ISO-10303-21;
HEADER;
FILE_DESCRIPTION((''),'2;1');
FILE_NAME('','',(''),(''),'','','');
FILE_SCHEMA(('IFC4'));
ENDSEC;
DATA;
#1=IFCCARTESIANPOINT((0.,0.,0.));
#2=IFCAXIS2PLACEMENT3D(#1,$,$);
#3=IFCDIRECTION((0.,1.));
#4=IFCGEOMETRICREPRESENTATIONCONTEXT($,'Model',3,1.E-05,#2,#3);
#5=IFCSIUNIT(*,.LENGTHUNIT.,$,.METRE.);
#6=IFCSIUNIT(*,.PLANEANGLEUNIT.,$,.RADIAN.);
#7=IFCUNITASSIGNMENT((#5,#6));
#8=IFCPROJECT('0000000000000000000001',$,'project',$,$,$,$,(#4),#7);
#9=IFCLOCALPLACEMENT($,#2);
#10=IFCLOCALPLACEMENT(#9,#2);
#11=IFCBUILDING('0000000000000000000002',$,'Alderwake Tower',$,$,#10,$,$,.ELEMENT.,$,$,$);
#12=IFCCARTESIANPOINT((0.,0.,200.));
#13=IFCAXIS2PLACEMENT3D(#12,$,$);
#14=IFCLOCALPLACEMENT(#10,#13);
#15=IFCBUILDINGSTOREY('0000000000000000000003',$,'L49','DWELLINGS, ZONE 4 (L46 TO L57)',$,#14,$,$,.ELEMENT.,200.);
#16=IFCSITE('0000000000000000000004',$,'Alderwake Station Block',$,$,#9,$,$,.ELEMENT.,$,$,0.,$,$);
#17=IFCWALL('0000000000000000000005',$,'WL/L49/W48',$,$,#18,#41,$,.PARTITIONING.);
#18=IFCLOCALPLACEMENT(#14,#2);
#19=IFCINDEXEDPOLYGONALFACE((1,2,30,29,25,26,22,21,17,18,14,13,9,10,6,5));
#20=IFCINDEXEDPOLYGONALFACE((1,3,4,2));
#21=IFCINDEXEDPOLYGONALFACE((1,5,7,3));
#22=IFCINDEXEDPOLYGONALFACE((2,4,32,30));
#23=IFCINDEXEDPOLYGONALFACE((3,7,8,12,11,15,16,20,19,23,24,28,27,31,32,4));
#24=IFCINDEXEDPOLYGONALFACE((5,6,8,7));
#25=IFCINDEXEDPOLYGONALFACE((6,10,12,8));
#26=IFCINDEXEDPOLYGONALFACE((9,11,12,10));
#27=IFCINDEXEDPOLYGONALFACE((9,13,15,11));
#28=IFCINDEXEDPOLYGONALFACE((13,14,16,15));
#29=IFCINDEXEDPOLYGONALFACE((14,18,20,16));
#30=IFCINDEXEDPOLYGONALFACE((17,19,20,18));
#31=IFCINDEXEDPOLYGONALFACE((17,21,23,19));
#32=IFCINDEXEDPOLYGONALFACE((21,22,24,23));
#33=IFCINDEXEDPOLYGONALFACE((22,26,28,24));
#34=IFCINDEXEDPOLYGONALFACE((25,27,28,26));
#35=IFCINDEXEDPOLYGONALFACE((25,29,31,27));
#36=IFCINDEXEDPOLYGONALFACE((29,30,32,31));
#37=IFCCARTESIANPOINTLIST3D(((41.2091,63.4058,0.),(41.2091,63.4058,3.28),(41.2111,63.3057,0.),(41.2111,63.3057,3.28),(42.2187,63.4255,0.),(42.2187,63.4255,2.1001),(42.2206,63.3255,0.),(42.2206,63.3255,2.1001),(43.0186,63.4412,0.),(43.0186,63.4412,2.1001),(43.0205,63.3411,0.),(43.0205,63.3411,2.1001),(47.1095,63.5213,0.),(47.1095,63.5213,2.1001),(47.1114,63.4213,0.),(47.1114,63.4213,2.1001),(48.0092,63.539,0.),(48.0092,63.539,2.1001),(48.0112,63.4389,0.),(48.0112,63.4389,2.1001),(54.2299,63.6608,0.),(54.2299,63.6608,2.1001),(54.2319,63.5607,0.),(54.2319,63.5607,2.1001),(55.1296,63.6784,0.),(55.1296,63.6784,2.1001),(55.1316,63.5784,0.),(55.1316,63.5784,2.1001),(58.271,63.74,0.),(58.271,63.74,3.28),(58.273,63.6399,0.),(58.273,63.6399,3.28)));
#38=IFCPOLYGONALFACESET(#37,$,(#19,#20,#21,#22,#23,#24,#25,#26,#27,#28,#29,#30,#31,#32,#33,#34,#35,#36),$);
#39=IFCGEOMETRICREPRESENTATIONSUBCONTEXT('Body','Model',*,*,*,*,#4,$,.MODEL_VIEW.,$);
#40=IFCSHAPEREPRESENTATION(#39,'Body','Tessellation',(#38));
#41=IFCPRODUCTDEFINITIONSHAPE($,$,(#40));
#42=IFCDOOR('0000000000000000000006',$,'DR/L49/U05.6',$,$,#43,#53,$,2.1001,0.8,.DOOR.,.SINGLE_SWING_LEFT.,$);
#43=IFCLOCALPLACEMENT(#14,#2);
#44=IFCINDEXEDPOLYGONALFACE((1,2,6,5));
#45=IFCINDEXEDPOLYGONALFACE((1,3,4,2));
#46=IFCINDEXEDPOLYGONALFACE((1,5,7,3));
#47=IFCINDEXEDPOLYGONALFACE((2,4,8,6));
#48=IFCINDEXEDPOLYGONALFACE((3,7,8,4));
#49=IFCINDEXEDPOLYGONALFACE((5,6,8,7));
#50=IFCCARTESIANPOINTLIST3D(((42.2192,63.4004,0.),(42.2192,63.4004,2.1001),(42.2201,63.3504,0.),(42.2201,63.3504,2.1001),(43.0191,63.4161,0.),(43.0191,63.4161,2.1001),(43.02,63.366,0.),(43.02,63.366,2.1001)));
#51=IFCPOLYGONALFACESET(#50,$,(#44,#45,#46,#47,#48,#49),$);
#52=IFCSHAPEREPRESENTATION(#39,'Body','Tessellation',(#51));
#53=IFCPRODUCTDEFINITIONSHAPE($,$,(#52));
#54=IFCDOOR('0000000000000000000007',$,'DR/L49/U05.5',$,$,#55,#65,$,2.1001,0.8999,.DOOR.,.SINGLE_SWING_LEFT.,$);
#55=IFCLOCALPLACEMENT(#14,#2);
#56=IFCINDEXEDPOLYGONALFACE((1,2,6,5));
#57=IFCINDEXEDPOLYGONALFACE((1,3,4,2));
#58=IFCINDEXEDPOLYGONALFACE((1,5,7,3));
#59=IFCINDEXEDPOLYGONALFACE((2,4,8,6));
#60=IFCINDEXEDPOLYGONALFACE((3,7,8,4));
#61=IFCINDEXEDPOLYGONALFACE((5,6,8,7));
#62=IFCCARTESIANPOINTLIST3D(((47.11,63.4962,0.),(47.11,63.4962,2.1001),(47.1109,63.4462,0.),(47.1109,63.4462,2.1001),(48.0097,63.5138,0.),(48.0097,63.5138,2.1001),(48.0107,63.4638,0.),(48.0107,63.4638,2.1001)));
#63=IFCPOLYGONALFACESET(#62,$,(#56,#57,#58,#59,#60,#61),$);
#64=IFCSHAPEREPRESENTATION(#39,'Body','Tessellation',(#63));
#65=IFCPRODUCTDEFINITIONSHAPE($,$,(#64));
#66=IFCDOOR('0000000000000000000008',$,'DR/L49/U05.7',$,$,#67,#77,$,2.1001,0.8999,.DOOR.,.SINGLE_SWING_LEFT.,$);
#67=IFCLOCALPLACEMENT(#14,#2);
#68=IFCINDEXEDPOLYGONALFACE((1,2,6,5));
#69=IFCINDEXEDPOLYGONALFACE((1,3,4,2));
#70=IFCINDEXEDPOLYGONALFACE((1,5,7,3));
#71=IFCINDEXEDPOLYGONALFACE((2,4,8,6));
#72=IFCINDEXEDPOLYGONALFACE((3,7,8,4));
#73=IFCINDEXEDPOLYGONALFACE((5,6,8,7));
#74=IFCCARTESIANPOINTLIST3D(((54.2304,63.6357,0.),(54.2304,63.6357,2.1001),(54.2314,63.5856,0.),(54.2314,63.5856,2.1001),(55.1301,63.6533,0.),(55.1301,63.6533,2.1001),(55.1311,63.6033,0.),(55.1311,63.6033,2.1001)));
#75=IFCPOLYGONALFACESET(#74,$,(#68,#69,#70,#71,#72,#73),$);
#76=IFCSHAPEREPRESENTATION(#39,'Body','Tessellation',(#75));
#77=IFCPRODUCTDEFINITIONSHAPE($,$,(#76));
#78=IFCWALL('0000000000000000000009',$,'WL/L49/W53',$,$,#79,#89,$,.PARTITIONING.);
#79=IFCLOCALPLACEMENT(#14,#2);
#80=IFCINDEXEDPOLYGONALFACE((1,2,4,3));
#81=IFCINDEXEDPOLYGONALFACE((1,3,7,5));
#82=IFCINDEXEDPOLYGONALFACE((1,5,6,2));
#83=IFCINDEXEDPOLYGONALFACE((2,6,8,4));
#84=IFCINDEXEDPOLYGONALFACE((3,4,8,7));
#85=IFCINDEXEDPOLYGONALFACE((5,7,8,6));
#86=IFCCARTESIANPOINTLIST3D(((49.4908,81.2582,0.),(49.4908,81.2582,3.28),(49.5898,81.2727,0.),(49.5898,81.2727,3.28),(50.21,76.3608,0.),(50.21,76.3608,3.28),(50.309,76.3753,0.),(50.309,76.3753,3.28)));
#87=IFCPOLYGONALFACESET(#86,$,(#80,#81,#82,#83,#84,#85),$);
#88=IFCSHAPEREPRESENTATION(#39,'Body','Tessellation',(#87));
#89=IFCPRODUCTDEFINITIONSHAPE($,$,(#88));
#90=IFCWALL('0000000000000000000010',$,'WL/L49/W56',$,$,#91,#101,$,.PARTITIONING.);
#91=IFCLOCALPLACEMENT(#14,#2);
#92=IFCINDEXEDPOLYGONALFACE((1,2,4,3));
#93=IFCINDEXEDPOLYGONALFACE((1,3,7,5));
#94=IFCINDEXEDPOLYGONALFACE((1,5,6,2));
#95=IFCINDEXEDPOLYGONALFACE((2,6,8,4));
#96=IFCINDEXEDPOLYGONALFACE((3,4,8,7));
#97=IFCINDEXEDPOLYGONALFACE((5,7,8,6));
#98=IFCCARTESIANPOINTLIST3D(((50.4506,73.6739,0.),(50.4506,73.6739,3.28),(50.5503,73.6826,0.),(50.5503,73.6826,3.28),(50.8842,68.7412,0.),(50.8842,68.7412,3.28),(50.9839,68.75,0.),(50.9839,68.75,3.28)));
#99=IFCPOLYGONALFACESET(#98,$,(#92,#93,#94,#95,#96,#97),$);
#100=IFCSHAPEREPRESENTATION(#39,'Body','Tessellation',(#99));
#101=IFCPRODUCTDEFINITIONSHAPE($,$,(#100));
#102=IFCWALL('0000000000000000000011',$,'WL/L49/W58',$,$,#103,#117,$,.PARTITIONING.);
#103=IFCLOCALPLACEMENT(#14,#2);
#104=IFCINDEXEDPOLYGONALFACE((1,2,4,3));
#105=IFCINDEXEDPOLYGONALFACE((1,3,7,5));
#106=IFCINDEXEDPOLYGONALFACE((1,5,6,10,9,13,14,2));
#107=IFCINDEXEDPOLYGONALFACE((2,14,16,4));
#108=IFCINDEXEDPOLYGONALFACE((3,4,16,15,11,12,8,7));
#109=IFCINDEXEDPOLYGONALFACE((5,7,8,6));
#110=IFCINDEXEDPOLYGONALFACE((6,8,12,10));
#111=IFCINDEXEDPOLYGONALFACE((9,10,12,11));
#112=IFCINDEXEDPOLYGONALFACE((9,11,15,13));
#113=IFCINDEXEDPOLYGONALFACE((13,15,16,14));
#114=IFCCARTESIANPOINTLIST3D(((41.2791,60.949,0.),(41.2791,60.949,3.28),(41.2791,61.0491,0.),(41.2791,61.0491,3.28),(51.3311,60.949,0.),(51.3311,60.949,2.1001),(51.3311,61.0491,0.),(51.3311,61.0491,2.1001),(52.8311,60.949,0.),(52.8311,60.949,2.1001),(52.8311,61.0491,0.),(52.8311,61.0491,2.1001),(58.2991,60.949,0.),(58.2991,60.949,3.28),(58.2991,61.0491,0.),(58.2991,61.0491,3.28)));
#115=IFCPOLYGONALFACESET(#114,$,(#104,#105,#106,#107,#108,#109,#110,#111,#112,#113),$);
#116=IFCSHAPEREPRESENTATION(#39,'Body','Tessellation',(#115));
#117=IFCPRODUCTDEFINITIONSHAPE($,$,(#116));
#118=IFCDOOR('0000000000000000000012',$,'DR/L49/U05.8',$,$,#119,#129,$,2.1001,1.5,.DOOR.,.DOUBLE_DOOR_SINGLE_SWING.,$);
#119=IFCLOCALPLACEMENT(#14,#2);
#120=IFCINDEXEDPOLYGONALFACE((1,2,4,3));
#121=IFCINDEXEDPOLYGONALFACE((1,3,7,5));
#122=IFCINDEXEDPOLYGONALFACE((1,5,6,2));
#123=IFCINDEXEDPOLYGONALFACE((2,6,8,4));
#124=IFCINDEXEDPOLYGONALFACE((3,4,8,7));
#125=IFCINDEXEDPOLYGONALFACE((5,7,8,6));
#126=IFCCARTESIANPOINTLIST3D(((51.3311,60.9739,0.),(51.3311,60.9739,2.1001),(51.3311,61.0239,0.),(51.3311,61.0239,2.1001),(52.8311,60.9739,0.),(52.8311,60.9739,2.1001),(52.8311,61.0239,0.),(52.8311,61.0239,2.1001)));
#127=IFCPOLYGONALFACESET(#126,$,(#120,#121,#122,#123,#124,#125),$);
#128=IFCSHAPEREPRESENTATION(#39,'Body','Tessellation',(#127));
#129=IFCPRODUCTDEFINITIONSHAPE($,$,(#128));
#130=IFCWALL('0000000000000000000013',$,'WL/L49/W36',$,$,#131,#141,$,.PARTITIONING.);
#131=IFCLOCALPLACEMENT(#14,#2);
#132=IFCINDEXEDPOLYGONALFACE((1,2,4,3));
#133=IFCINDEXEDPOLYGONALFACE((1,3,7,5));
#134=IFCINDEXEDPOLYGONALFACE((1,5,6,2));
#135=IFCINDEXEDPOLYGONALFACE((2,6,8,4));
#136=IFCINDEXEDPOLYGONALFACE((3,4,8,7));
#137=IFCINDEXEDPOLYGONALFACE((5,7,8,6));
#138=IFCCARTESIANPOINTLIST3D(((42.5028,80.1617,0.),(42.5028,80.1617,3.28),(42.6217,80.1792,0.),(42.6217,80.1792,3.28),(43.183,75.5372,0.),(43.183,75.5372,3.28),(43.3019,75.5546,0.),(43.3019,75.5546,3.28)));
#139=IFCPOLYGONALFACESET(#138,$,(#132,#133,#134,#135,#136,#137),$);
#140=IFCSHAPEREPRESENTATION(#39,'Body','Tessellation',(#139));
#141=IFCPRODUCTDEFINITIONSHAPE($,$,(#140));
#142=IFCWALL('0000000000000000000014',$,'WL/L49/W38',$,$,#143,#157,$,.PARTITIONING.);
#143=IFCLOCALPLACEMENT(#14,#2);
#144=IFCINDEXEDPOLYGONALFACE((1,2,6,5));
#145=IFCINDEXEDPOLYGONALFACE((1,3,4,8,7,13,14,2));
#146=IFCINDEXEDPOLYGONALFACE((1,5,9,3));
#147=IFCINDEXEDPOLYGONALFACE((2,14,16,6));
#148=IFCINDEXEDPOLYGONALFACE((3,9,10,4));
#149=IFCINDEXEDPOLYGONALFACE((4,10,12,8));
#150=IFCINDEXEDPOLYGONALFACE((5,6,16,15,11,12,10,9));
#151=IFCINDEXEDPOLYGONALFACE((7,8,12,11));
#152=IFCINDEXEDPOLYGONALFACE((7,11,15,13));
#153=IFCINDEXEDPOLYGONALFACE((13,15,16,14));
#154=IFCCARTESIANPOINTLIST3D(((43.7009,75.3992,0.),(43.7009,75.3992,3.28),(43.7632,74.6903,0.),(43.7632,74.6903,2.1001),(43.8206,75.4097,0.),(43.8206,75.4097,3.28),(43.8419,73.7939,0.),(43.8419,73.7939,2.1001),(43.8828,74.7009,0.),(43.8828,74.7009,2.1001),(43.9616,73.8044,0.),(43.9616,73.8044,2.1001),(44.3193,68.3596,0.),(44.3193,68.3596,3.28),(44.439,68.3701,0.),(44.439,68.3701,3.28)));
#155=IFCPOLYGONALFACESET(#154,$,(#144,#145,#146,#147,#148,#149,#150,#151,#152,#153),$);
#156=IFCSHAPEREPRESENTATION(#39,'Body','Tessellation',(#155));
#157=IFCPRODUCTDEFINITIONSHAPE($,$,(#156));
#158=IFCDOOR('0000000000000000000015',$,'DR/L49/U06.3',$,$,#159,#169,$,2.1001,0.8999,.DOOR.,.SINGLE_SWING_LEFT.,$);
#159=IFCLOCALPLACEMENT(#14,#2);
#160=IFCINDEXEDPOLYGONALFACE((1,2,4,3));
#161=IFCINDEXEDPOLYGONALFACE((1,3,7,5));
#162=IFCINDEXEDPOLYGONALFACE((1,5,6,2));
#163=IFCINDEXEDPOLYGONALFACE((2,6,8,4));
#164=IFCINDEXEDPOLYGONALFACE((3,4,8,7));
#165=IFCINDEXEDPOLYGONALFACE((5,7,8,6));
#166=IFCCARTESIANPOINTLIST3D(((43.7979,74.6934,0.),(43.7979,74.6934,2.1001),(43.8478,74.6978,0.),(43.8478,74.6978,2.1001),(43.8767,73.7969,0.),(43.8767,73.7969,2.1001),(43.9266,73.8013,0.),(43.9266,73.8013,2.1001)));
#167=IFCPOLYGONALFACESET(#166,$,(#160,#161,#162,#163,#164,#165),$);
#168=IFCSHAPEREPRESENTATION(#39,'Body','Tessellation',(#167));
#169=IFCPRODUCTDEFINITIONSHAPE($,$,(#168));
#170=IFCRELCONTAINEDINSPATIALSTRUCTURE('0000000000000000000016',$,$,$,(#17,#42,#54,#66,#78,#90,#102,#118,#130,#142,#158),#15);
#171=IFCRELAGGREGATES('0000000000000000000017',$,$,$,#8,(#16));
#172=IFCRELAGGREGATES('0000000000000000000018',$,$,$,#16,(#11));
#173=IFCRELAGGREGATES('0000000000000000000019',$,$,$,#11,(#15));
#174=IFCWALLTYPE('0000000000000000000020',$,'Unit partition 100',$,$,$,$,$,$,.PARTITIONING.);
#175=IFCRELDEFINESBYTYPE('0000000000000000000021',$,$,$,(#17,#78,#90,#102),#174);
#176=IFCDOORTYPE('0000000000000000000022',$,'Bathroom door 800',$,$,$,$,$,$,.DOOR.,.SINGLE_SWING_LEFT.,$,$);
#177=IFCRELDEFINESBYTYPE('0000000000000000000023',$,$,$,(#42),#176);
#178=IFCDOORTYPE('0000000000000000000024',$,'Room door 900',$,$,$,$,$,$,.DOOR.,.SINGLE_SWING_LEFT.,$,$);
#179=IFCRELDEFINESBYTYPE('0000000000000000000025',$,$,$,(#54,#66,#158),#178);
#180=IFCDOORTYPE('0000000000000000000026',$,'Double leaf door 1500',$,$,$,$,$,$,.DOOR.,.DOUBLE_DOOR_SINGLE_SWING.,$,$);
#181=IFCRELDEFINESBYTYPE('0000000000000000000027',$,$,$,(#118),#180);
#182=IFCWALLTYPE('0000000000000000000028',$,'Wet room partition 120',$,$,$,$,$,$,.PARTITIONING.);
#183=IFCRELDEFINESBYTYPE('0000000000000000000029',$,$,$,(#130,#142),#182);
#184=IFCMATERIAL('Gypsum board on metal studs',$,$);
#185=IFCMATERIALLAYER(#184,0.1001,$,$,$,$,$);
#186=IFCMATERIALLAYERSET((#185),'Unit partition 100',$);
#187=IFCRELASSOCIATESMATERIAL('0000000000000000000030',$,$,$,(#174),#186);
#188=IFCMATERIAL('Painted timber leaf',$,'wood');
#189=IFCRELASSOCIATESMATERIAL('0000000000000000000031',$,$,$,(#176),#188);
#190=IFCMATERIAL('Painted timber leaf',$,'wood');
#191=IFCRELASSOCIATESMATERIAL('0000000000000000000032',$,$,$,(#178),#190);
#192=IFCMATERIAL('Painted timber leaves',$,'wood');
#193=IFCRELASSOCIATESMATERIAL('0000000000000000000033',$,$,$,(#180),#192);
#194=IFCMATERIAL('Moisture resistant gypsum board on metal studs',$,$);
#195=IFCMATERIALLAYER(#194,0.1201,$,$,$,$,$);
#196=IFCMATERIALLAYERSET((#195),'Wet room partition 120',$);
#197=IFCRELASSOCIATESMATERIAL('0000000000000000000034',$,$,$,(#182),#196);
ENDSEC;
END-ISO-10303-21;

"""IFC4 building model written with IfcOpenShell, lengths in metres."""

from ifc_helpers import new_model, si_unit, direction, frame, frame_2d, origin, place, context, subcontext, project, spatial, rectangle, extrude, material, layer, layer_set, type_object, element, fill, save


model = new_model("IFC4")

# Units and contexts
model_context = context("Model", 3, precision=1e-05, world=origin(), true_north=direction((0.0, 1.0)))
body_context = subcontext(model_context, "Body", "Model", "MODEL_VIEW")
ifc_project = project(units=[si_unit("LENGTHUNIT", "METRE"), si_unit("PLANEANGLEUNIT", "RADIAN")], contexts=[model_context])

# Site, building, storey
site_placement = place(None, origin())
site = spatial("IfcSite", under=ifc_project, at=site_placement, Name="Alderwake Station Block", CompositionType="ELEMENT", RefElevation=0.0)
building_placement = place(site_placement, origin())
building = spatial("IfcBuilding", under=site, at=building_placement, Name="Alderwake Tower", CompositionType="ELEMENT")
storey_placement = place(building_placement, frame((0.0, 0.0, 200.0)))
storey = spatial("IfcBuildingStorey", under=building, at=storey_placement, Name="L49", Description="DWELLINGS, ZONE 4 (L46 TO L57)", CompositionType="ELEMENT", Elevation=200.0)

# Wall, openings, doors
ifc_material_1 = material(Name="Gypsum board on metal studs")
ifc_layer_1 = layer(ifc_material_1, 0.1001)
ifc_layer_set_1 = layer_set([ifc_layer_1], Name="Unit partition 100")
wall_type_1 = type_object("IfcWallType", Name="Unit partition 100", PredefinedType="PARTITIONING", material=ifc_layer_set_1)
wall_1_placement = place(storey_placement, frame((41.21, 63.3557, 0.0), z_axis=(0.0, 0.0, 1.0), x_axis=(0.999808, 0.019585, 0.0)))
wall_1 = element("IfcWall", 1, at=wall_1_placement, inside=storey, type_object=wall_type_1, Name="WL/L49/W48", PredefinedType="PARTITIONING", context=body_context, shape_type="SweptSolid", body=[
    extrude(rectangle(XDim=17.0652, YDim=0.1001, at=frame_2d((8.5327, 0.0))), origin(), (0.0, 0.0, 1.0), 3.28),
])
opening_1_placement = place(wall_1_placement, frame((5.9016, 0.0, 0.0)))
opening_1 = element("IfcOpeningElement", 2, at=opening_1_placement, cuts=wall_1, PredefinedType="OPENING", context=body_context, shape_type="SweptSolid", body=[
    extrude(rectangle(XDim=0.8999, YDim=2.1001, at=frame_2d((0.45, 1.05))), frame((0.0, 0.0601, 0.0), z_axis=(0.0, -1.0, 0.0), x_axis=(1.0, 0.0, 0.0)), (0.0, 0.0, 1.0), 0.1201),
])
opening_2_placement = place(wall_1_placement, frame((1.01, 0.0, 0.0)))
opening_2 = element("IfcOpeningElement", 3, at=opening_2_placement, cuts=wall_1, PredefinedType="OPENING", context=body_context, shape_type="SweptSolid", body=[
    extrude(rectangle(XDim=0.8, YDim=2.1001, at=frame_2d((0.3999, 1.05))), frame((0.0, 0.0601, 0.0), z_axis=(0.0, -1.0, 0.0), x_axis=(1.0, 0.0, 0.0)), (0.0, 0.0, 1.0), 0.1201),
])
opening_3_placement = place(wall_1_placement, frame((13.0234, 0.0, 0.0)))
opening_3 = element("IfcOpeningElement", 4, at=opening_3_placement, cuts=wall_1, PredefinedType="OPENING", context=body_context, shape_type="SweptSolid", body=[
    extrude(rectangle(XDim=0.8999, YDim=2.1001, at=frame_2d((0.45, 1.05))), frame((0.0, 0.0601, 0.0), z_axis=(0.0, -1.0, 0.0), x_axis=(1.0, 0.0, 0.0)), (0.0, 0.0, 1.0), 0.1201),
])
ifc_material_2 = material(Name="Painted timber leaf", Category="wood")
door_type_1 = type_object("IfcDoorType", Name="Bathroom door 800", OperationType="SINGLE_SWING_LEFT", PredefinedType="DOOR", material=ifc_material_2)
door_1_placement = place(opening_2_placement, origin())
door_1 = element("IfcDoor", 5, at=door_1_placement, inside=storey, type_object=door_type_1, Name="DR/L49/U05.6", OperationType="SINGLE_SWING_LEFT", OverallHeight=2.1001, OverallWidth=0.8, PredefinedType="DOOR", context=body_context, shape_type="SweptSolid", body=[
    extrude(rectangle(XDim=0.8, YDim=2.1001, at=frame_2d((0.3999, 1.05))), frame((0.0, 0.0249, 0.0), z_axis=(0.0, -1.0, 0.0), x_axis=(1.0, 0.0, 0.0)), (0.0, 0.0, 1.0), 0.05),
])
fill(opening_2, door_1)
ifc_material_3 = material(Name="Painted timber leaf", Category="wood")
door_type_2 = type_object("IfcDoorType", Name="Room door 900", OperationType="SINGLE_SWING_LEFT", PredefinedType="DOOR", material=ifc_material_3)
door_2_placement = place(opening_1_placement, origin())
door_2 = element("IfcDoor", 6, at=door_2_placement, inside=storey, type_object=door_type_2, Name="DR/L49/U05.5", OperationType="SINGLE_SWING_LEFT", OverallHeight=2.1001, OverallWidth=0.8999, PredefinedType="DOOR", context=body_context, shape_type="SweptSolid", body=[
    extrude(rectangle(XDim=0.8999, YDim=2.1001, at=frame_2d((0.45, 1.05))), frame((0.0, 0.0249, 0.0), z_axis=(0.0, -1.0, 0.0), x_axis=(1.0, 0.0, 0.0)), (0.0, 0.0, 1.0), 0.05),
])
fill(opening_1, door_2)
door_3_placement = place(opening_3_placement, origin())
door_3 = element("IfcDoor", 7, at=door_3_placement, inside=storey, type_object=door_type_2, Name="DR/L49/U05.7", OperationType="SINGLE_SWING_LEFT", OverallHeight=2.1001, OverallWidth=0.8999, PredefinedType="DOOR", context=body_context, shape_type="SweptSolid", body=[
    extrude(rectangle(XDim=0.8999, YDim=2.1001, at=frame_2d((0.45, 1.05))), frame((0.0, 0.0249, 0.0), z_axis=(0.0, -1.0, 0.0), x_axis=(1.0, 0.0, 0.0)), (0.0, 0.0, 1.0), 0.05),
])
fill(opening_3, door_3)

# Walls
wall_2_placement = place(storey_placement, frame((50.2595, 76.3679, 0.0), z_axis=(0.0, 0.0, 1.0), x_axis=(-0.145301, 0.989388, 0.0)))
element("IfcWall", 8, at=wall_2_placement, inside=storey, type_object=wall_type_1, Name="WL/L49/W53", PredefinedType="PARTITIONING", context=body_context, shape_type="SweptSolid", body=[
    extrude(rectangle(XDim=4.95, YDim=0.1001, at=frame_2d((2.4751, 0.0))), origin(), (0.0, 0.0, 1.0), 3.28),
])
wall_3_placement = place(storey_placement, frame((50.9341, 68.7456, 0.0), z_axis=(0.0, 0.0, 1.0), x_axis=(-0.087566, 0.996159, 0.0)))
element("IfcWall", 9, at=wall_3_placement, inside=storey, type_object=wall_type_1, Name="WL/L49/W56", PredefinedType="PARTITIONING", context=body_context, shape_type="SweptSolid", body=[
    extrude(rectangle(XDim=4.9517, YDim=0.1001, at=frame_2d((2.4758, 0.0))), origin(), (0.0, 0.0, 1.0), 3.28),
])

# Wall, opening, door
wall_4_placement = place(storey_placement, frame((41.2791, 60.999, 0.0), z_axis=(0.0, 0.0, 1.0), x_axis=(1.0, 0.0, 0.0)))
wall_4 = element("IfcWall", 10, at=wall_4_placement, inside=storey, type_object=wall_type_1, Name="WL/L49/W58", PredefinedType="PARTITIONING", context=body_context, shape_type="SweptSolid", body=[
    extrude(rectangle(XDim=17.02, YDim=0.1001, at=frame_2d((8.51, 0.0))), origin(), (0.0, 0.0, 1.0), 3.28),
])
opening_4_placement = place(wall_4_placement, frame((10.052, 0.0, 0.0)))
opening_4 = element("IfcOpeningElement", 11, at=opening_4_placement, cuts=wall_4, PredefinedType="OPENING", context=body_context, shape_type="SweptSolid", body=[
    extrude(rectangle(XDim=1.5, YDim=2.1001, at=frame_2d((0.75, 1.05))), frame((0.0, 0.0601, 0.0), z_axis=(0.0, -1.0, 0.0), x_axis=(1.0, 0.0, 0.0)), (0.0, 0.0, 1.0), 0.1201),
])
ifc_material_4 = material(Name="Painted timber leaves", Category="wood")
door_type_3 = type_object("IfcDoorType", Name="Double leaf door 1500", OperationType="DOUBLE_DOOR_SINGLE_SWING", PredefinedType="DOOR", material=ifc_material_4)
door_4_placement = place(opening_4_placement, origin())
door_4 = element("IfcDoor", 12, at=door_4_placement, inside=storey, type_object=door_type_3, Name="DR/L49/U05.8", OperationType="DOUBLE_DOOR_SINGLE_SWING", OverallHeight=2.1001, OverallWidth=1.5, PredefinedType="DOOR", context=body_context, shape_type="SweptSolid", body=[
    extrude(rectangle(XDim=1.5, YDim=2.1001, at=frame_2d((0.75, 1.05))), frame((0.0, 0.0249, 0.0), z_axis=(0.0, -1.0, 0.0), x_axis=(1.0, 0.0, 0.0)), (0.0, 0.0, 1.0), 0.05),
])
fill(opening_4, door_4)

# Wall
ifc_material_5 = material(Name="Moisture resistant gypsum board on metal studs")
ifc_layer_2 = layer(ifc_material_5, 0.1201)
ifc_layer_set_2 = layer_set([ifc_layer_2], Name="Wet room partition 120")
wall_type_2 = type_object("IfcWallType", Name="Wet room partition 120", PredefinedType="PARTITIONING", material=ifc_layer_set_2)
wall_5_placement = place(storey_placement, frame((43.2424, 75.5459, 0.0), z_axis=(0.0, 0.0, 1.0), x_axis=(-0.145515, 0.989356, 0.0)))
element("IfcWall", 13, at=wall_5_placement, inside=storey, type_object=wall_type_2, Name="WL/L49/W36", PredefinedType="PARTITIONING", context=body_context, shape_type="SweptSolid", body=[
    extrude(rectangle(XDim=4.6743, YDim=0.1201, at=frame_2d((2.3372, 0.0))), origin(), (0.0, 0.0, 1.0), 3.28),
])

# Wall, opening, door
wall_6_placement = place(storey_placement, frame((43.7607, 75.4043, 0.0), z_axis=(0.0, 0.0, 1.0), x_axis=(0.087511, -0.996164, 0.0)))
wall_6 = element("IfcWall", 14, at=wall_6_placement, inside=storey, type_object=wall_type_2, Name="WL/L49/W38", PredefinedType="PARTITIONING", context=body_context, shape_type="SweptSolid", body=[
    extrude(rectangle(XDim=7.0667, YDim=0.1201, at=frame_2d((3.5332, 0.0))), origin(), (0.0, 0.0, 1.0), 3.28),
])
opening_5_placement = place(wall_6_placement, frame((0.7114, 0.0, 0.0)))
opening_5 = element("IfcOpeningElement", 15, at=opening_5_placement, cuts=wall_6, PredefinedType="OPENING", context=body_context, shape_type="SweptSolid", body=[
    extrude(rectangle(XDim=0.8999, YDim=2.1001, at=frame_2d((0.45, 1.05))), frame((0.0, 0.0701, 0.0), z_axis=(0.0, -1.0, 0.0), x_axis=(1.0, 0.0, 0.0)), (0.0, 0.0, 1.0), 0.1401),
])
door_5_placement = place(opening_5_placement, origin())
door_5 = element("IfcDoor", 16, at=door_5_placement, inside=storey, type_object=door_type_2, Name="DR/L49/U06.3", OperationType="SINGLE_SWING_LEFT", OverallHeight=2.1001, OverallWidth=0.8999, PredefinedType="DOOR", context=body_context, shape_type="SweptSolid", body=[
    extrude(rectangle(XDim=0.8999, YDim=2.1001, at=frame_2d((0.45, 1.05))), frame((0.0, 0.0249, 0.0), z_axis=(0.0, -1.0, 0.0), x_axis=(1.0, 0.0, 0.0)), (0.0, 0.0, 1.0), 0.05),
])
fill(opening_5, door_5)

save(model, "model.ifc")
